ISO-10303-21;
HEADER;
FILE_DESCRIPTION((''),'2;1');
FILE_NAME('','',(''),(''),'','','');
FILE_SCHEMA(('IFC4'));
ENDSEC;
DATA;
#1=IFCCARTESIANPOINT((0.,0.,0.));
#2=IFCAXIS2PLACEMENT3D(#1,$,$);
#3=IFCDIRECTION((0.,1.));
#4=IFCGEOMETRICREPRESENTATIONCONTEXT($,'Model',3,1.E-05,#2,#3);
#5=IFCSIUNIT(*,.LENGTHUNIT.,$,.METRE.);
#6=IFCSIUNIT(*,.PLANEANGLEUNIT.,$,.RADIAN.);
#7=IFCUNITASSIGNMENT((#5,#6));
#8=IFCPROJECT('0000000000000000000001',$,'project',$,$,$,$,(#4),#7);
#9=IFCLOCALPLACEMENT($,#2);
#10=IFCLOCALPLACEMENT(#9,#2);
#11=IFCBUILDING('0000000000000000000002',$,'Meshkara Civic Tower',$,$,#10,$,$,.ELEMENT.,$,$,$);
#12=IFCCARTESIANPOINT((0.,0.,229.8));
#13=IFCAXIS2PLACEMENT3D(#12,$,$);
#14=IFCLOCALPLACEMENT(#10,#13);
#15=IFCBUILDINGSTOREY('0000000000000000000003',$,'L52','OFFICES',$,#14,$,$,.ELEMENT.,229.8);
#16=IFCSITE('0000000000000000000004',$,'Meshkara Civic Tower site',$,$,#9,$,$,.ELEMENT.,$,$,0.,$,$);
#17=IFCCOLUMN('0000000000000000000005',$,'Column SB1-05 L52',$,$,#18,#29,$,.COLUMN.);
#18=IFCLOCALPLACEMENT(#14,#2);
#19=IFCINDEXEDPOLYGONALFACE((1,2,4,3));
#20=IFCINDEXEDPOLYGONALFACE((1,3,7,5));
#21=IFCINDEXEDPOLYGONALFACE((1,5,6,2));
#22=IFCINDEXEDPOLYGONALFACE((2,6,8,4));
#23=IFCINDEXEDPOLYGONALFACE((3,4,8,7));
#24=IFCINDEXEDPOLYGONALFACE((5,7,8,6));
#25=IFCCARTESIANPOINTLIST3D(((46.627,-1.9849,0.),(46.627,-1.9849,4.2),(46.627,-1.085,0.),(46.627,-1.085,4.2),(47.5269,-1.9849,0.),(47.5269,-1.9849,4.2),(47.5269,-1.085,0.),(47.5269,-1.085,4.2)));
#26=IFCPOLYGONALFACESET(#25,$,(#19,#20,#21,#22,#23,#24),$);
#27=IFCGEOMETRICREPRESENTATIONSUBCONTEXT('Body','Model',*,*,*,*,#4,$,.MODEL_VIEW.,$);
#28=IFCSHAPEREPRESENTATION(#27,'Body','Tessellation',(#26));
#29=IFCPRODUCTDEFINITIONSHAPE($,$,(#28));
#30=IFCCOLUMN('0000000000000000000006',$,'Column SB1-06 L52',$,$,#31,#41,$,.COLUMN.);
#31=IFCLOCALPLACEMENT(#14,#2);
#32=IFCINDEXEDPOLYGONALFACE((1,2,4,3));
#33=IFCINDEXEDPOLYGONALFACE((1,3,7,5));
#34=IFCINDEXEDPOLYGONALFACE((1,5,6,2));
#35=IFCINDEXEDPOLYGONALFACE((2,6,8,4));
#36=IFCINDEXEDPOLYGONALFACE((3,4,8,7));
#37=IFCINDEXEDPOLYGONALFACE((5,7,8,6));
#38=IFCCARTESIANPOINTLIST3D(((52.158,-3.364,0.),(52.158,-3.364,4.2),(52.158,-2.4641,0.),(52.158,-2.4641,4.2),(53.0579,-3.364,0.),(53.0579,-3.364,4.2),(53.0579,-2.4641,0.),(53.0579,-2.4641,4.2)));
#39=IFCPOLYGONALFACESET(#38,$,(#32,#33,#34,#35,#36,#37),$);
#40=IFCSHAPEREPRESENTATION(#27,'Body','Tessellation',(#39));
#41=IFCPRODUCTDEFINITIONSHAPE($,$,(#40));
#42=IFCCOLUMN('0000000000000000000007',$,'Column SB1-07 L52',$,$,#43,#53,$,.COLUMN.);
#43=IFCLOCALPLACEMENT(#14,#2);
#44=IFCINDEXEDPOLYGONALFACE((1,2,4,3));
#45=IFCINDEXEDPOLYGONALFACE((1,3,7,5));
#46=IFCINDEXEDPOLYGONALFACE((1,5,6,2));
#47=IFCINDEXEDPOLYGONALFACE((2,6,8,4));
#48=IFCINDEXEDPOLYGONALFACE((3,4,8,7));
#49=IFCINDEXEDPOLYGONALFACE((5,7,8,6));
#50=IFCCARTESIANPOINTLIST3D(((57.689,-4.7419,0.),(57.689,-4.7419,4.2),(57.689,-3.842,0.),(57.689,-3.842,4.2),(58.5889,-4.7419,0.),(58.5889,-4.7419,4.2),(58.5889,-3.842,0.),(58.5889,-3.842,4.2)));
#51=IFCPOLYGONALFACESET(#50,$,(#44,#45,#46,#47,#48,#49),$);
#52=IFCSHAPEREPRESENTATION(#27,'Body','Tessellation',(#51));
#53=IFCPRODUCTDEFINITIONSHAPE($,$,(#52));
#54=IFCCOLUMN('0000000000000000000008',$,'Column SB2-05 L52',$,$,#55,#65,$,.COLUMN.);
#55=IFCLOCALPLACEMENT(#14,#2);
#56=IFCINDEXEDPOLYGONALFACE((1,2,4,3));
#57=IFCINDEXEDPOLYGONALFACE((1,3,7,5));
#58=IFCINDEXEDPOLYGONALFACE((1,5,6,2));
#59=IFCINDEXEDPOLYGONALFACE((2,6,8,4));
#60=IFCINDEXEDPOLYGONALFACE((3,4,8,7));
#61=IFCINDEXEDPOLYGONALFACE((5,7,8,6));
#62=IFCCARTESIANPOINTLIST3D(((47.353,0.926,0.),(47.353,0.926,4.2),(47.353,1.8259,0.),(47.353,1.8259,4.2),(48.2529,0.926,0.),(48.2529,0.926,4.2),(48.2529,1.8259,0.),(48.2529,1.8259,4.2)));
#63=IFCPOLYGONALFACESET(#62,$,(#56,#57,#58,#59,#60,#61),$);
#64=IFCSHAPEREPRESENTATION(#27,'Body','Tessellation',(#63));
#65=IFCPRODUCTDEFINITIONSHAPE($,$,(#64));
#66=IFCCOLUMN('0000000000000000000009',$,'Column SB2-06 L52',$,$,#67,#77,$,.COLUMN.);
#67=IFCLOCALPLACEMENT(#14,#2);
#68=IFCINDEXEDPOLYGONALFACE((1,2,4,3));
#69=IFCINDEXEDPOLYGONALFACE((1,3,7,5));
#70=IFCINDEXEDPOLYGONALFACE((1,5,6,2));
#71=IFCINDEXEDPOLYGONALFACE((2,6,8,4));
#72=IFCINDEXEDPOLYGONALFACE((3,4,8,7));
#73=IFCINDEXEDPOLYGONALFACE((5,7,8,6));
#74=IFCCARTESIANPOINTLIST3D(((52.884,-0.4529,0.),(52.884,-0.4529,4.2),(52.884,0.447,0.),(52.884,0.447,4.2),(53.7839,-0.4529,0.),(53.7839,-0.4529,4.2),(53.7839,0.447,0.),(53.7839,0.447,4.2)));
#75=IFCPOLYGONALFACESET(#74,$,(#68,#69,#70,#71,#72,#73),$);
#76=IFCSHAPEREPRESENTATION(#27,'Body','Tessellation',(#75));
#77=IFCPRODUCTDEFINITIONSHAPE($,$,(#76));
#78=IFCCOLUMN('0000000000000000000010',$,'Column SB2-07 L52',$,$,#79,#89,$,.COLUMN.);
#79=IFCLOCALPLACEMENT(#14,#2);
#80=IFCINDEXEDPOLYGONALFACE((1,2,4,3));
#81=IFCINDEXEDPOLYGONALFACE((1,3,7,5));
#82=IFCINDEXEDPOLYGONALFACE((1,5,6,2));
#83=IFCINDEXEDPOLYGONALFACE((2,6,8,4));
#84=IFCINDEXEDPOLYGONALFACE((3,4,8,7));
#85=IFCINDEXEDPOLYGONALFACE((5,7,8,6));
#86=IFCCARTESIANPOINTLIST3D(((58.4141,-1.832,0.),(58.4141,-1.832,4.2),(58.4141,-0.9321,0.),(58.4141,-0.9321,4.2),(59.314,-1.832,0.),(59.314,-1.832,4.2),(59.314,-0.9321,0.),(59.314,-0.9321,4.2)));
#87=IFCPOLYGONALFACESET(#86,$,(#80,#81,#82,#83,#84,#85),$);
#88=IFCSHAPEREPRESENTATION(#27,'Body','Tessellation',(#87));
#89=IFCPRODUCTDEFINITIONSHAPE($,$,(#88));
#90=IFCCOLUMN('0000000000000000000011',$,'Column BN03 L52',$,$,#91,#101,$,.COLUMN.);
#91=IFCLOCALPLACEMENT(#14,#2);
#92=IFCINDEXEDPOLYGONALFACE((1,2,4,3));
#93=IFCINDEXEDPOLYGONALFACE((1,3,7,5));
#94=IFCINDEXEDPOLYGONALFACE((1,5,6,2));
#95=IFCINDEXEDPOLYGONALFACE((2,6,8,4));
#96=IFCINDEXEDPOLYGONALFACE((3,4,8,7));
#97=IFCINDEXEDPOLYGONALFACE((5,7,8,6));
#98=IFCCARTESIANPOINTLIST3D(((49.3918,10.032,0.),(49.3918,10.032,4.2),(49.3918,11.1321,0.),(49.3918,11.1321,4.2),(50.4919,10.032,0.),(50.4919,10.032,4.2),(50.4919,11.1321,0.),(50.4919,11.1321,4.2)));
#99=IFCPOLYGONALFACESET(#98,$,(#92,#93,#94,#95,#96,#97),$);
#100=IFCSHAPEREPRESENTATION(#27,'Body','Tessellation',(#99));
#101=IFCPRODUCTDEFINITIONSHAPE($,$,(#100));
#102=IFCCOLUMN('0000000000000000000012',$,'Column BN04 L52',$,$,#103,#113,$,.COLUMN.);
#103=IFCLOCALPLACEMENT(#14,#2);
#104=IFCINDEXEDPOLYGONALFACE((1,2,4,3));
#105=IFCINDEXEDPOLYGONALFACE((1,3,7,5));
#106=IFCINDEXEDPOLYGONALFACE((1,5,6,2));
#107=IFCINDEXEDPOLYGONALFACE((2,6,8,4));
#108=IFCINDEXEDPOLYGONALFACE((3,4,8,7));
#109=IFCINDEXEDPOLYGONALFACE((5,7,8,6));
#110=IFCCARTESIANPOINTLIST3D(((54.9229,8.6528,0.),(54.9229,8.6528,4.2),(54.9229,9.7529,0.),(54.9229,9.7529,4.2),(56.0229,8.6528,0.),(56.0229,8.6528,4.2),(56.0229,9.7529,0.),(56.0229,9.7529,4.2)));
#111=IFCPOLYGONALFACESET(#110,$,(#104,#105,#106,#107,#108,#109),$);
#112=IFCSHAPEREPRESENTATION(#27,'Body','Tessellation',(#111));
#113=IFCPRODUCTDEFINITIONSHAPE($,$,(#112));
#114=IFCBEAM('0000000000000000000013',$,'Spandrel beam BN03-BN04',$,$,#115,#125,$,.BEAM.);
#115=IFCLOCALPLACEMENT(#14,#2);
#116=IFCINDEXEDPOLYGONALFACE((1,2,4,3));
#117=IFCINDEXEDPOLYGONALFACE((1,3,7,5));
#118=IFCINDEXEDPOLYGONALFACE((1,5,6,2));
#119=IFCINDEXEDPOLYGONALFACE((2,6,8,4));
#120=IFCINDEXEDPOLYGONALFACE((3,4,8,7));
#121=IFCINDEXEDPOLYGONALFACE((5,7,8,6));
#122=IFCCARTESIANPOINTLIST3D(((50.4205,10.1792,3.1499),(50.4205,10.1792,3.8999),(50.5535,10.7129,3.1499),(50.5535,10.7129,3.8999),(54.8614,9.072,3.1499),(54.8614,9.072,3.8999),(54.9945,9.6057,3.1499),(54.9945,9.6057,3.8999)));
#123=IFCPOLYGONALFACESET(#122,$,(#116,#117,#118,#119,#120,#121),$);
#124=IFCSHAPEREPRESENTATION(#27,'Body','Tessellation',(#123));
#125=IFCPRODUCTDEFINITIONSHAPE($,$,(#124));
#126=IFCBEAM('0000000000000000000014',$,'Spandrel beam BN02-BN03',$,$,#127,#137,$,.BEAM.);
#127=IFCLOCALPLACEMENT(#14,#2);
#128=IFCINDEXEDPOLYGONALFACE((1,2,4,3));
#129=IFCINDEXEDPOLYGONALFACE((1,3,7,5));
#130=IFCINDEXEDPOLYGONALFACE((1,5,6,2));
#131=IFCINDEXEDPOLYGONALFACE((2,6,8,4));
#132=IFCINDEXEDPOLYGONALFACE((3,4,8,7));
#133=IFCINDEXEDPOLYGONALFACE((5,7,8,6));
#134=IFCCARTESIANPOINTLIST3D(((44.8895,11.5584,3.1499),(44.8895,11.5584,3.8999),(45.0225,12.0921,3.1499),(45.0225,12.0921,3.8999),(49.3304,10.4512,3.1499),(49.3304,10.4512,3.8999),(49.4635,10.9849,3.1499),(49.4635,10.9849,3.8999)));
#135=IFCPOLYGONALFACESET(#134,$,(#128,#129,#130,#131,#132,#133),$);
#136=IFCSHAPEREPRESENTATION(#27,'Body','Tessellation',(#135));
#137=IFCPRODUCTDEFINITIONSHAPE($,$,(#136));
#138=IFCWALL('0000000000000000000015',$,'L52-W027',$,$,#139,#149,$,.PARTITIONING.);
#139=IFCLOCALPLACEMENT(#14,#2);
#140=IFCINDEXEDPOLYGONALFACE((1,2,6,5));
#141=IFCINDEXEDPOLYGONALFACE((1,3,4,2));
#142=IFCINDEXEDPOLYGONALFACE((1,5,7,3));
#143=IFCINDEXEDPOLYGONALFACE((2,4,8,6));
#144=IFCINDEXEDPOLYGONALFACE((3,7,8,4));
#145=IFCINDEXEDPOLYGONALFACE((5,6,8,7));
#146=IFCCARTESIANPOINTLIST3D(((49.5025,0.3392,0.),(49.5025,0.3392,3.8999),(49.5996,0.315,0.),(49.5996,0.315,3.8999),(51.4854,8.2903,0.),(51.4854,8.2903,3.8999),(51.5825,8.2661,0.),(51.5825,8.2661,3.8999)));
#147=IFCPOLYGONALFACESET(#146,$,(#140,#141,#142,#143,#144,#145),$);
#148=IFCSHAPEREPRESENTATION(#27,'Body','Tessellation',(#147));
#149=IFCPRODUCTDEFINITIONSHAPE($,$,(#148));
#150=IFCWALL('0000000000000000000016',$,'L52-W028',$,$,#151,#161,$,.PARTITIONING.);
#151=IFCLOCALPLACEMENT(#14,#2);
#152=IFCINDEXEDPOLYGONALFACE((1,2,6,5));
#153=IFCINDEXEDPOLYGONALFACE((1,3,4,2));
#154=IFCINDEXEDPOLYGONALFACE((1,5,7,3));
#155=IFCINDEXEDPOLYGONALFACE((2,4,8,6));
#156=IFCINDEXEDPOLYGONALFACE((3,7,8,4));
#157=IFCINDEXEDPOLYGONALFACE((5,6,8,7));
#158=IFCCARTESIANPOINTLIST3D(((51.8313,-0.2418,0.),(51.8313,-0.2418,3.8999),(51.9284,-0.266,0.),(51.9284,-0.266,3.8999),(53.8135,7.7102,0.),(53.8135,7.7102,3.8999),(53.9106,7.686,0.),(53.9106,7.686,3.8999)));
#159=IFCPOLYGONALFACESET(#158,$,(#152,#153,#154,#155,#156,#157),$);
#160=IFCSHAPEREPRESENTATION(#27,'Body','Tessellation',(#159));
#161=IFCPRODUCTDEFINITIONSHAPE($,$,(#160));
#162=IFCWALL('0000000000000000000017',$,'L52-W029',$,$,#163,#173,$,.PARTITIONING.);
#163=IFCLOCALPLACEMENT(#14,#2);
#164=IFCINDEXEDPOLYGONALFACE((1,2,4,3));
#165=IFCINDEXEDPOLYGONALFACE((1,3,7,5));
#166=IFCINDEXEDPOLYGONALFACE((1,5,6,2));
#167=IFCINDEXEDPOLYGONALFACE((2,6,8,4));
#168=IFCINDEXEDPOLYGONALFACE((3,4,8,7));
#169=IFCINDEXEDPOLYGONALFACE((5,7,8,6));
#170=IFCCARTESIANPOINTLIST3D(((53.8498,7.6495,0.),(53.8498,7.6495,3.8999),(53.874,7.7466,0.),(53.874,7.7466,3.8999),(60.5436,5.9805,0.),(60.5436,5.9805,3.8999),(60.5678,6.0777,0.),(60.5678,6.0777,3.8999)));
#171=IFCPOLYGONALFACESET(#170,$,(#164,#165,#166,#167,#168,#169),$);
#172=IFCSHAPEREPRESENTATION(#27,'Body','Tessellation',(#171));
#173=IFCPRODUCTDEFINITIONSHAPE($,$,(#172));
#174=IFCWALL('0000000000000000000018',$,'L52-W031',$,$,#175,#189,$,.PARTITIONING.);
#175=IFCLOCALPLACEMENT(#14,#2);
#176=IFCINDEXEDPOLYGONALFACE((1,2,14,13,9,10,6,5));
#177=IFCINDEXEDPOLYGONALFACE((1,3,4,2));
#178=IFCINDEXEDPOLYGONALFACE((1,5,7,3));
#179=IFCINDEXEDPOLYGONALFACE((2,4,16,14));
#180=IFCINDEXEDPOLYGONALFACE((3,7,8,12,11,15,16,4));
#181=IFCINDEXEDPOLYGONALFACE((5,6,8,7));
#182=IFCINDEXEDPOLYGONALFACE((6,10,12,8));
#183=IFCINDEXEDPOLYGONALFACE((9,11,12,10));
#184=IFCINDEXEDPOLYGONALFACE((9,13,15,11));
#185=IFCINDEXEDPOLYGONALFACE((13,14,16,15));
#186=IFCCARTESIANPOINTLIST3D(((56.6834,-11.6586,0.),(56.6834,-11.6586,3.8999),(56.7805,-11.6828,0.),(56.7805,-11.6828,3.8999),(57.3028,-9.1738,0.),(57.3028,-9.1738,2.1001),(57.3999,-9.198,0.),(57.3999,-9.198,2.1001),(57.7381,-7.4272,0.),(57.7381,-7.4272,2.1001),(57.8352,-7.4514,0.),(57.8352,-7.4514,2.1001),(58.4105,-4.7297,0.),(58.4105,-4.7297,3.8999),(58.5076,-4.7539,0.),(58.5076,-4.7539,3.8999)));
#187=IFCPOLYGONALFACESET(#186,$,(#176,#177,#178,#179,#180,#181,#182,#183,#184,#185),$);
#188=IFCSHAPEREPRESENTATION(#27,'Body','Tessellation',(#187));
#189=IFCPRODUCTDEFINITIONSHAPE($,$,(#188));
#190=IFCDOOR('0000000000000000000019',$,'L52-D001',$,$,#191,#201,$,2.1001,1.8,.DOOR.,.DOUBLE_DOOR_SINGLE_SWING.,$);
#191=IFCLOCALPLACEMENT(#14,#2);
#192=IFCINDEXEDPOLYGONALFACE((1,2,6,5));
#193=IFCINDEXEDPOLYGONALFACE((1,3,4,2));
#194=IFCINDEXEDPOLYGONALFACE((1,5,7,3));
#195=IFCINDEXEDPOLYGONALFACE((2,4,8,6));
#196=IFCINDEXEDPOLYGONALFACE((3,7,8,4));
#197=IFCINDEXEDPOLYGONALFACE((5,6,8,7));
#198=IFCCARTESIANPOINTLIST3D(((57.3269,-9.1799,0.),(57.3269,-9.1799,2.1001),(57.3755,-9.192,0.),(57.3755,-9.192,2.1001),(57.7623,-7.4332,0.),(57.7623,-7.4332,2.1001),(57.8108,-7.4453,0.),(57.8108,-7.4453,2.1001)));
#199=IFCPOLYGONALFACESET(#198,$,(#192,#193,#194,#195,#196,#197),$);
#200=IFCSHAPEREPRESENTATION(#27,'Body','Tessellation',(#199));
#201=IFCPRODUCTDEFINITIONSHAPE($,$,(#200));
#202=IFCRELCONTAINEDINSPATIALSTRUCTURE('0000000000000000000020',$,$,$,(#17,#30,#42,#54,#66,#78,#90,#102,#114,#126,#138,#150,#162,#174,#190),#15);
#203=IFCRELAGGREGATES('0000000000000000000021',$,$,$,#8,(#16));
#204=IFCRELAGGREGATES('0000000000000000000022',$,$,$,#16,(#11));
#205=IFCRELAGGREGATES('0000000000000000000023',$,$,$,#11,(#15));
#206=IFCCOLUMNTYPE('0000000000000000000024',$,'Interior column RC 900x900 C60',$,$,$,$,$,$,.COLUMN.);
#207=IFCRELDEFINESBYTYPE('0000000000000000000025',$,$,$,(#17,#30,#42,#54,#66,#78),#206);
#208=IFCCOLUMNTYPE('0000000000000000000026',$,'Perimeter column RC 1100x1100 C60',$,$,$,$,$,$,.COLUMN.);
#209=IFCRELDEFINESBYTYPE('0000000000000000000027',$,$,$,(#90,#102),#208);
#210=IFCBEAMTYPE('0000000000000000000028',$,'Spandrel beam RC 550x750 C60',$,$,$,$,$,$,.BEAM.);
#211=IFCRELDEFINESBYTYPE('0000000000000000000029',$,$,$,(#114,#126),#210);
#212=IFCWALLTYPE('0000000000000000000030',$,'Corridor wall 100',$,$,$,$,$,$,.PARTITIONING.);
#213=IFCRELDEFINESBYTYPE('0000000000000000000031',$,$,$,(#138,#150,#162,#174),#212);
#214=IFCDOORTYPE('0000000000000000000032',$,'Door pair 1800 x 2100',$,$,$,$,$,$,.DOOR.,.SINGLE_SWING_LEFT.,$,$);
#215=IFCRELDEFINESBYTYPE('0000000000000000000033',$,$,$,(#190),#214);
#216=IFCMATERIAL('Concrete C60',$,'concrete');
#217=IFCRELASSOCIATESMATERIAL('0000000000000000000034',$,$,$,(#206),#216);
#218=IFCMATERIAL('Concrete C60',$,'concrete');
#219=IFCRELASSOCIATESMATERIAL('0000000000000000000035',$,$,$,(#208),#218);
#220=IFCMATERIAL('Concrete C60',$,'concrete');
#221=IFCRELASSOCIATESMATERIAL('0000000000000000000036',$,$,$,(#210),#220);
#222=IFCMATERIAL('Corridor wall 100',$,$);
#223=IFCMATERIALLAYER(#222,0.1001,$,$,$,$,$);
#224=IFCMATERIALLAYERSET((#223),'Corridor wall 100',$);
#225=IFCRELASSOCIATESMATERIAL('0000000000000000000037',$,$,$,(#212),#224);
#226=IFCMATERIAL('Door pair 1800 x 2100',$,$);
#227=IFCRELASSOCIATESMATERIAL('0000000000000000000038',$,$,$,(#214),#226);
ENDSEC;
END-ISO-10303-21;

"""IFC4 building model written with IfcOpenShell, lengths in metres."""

from ifc_helpers import new_model, si_unit, direction, frame, frame_2d, origin, origin_2d, place, context, subcontext, project, spatial, rectangle, extrude, material, layer, layer_set, material_profile, profile_set, type_object, element, fill, save


model = new_model("IFC4")

# Units and contexts
model_context = context("Model", 3, precision=1e-05, world=origin(), true_north=direction((0.0, 1.0)))
body_context = subcontext(model_context, "Body", "Model", "MODEL_VIEW")
ifc_project = project(units=[si_unit("LENGTHUNIT", "METRE"), si_unit("PLANEANGLEUNIT", "RADIAN")], contexts=[model_context])

# Site, building, storey
site_placement = place(None, origin())
site = spatial("IfcSite", under=ifc_project, at=site_placement, Name="Meshkara Civic Tower site", CompositionType="ELEMENT", RefElevation=0.0)
building_placement = place(site_placement, origin())
building = spatial("IfcBuilding", under=site, at=building_placement, Name="Meshkara Civic Tower", CompositionType="ELEMENT")
storey_placement = place(building_placement, frame((0.0, 0.0, 229.8)))
storey = spatial("IfcBuildingStorey", under=building, at=storey_placement, Name="L52", Description="OFFICES", CompositionType="ELEMENT", Elevation=229.8)

# Columns
ifc_material_1 = material(Name="Concrete C60", Category="concrete")
ifc_material_profile_1 = material_profile(ifc_material_1, rectangle(XDim=0.8999, YDim=0.8999, at=origin_2d()))
ifc_profile_set_1 = profile_set([ifc_material_profile_1], Name="Concrete C60")
column_type_1 = type_object("IfcColumnType", Name="Interior column RC 900x900 C60", PredefinedType="COLUMN", material=ifc_profile_set_1)
for number, where, z_axis, x_axis, name in (
    (1, (47.0769, -1.5349, 0.0), (0.0, 0.0, 1.0), (1.0, 0.0, 0.0), "Column SB1-05 L52"),
    (2, (52.6079, -2.9141, 0.0), (0.0, 0.0, 1.0), (1.0, 0.0, 0.0), "Column SB1-06 L52"),
    (3, (58.1389, -4.292, 0.0), (0.0, 0.0, 1.0), (1.0, 0.0, 0.0), "Column SB1-07 L52"),
    (4, (47.803, 1.376, 0.0), (0.0, 0.0, 1.0), (1.0, 0.0, 0.0), "Column SB2-05 L52"),
    (5, (53.334, -0.0029, 0.0), (0.0, 0.0, 1.0), (1.0, 0.0, 0.0), "Column SB2-06 L52"),
    (6, (58.864, -1.3821, 0.0), (0.0, 0.0, 1.0), (1.0, 0.0, 0.0), "Column SB2-07 L52"),
):
    element("IfcColumn", number, at=place(storey_placement, frame(where, z_axis=z_axis, x_axis=x_axis)), inside=storey, type_object=column_type_1, Name=name, PredefinedType="COLUMN", context=body_context, shape_type="SweptSolid", body=[
        extrude(rectangle(XDim=0.8999, YDim=0.8999, at=origin_2d()), origin(), (0.0, 0.0, 1.0), 4.2),
    ])
ifc_material_2 = material(Name="Concrete C60", Category="concrete")
ifc_material_profile_2 = material_profile(ifc_material_2, rectangle(XDim=1.1001, YDim=1.1001, at=origin_2d()))
ifc_profile_set_2 = profile_set([ifc_material_profile_2], Name="Concrete C60")
column_type_2 = type_object("IfcColumnType", Name="Perimeter column RC 1100x1100 C60", PredefinedType="COLUMN", material=ifc_profile_set_2)
for number, where, z_axis, x_axis, name in (
    (7, (49.9419, 10.582, 0.0), (0.0, 0.0, 1.0), (1.0, 0.0, 0.0), "Column BN03 L52"),
    (8, (55.4729, 9.2029, 0.0), (0.0, 0.0, 1.0), (1.0, 0.0, 0.0), "Column BN04 L52"),
):
    element("IfcColumn", number, at=place(storey_placement, frame(where, z_axis=z_axis, x_axis=x_axis)), inside=storey, type_object=column_type_2, Name=name, PredefinedType="COLUMN", context=body_context, shape_type="SweptSolid", body=[
        extrude(rectangle(XDim=1.1001, YDim=1.1001, at=origin_2d()), origin(), (0.0, 0.0, 1.0), 4.2),
    ])

# Beams
ifc_material_3 = material(Name="Concrete C60", Category="concrete")
ifc_material_profile_3 = material_profile(ifc_material_3, rectangle(XDim=0.55, YDim=0.75, at=origin_2d()))
ifc_profile_set_3 = profile_set([ifc_material_profile_3], Name="Concrete C60")
beam_type = type_object("IfcBeamType", Name="Spandrel beam RC 550x750 C60", PredefinedType="BEAM", material=ifc_profile_set_3)
for number, where, z_axis, x_axis, name in (
    (9, (54.928, 9.3389, 3.5249), (-0.970299, 0.241908, 0.0), (-0.241908, -0.970299, 0.0), "Spandrel beam BN03-BN04"),
    (10, (49.397, 10.718, 3.5249), (-0.970299, 0.241908, 0.0), (-0.241908, -0.970299, 0.0), "Spandrel beam BN02-BN03"),
):
    element("IfcBeam", number, at=place(storey_placement, frame(where, z_axis=z_axis, x_axis=x_axis)), inside=storey, type_object=beam_type, Name=name, PredefinedType="BEAM", context=body_context, shape_type="SweptSolid", body=[
        extrude(rectangle(XDim=0.55, YDim=0.75, at=origin_2d()), origin(), (0.0, 0.0, 1.0), 4.5769),
    ])

# Walls
ifc_material_4 = material(Name="Corridor wall 100")
ifc_layer_1 = layer(ifc_material_4, 0.1001)
ifc_layer_set_1 = layer_set([ifc_layer_1], Name="Corridor wall 100")
wall_type_1 = type_object("IfcWallType", Name="Corridor wall 100", PredefinedType="PARTITIONING", material=ifc_layer_set_1)
wall_1_placement = place(storey_placement, frame((51.5339, 8.2781, 0.0), z_axis=(0.0, 0.0, 1.0), x_axis=(-0.241975, -0.970283, 0.0)))
element("IfcWall", 11, at=wall_1_placement, inside=storey, type_object=wall_type_1, Name="L52-W027", PredefinedType="PARTITIONING", context=body_context, shape_type="SweptSolid", body=[
    extrude(rectangle(XDim=8.1946, YDim=0.1001, at=frame_2d((4.0972, 0.0))), origin(), (0.0, 0.0, 1.0), 3.8999),
])
wall_2_placement = place(storey_placement, frame((51.8799, -0.2539, 0.0), z_axis=(0.0, 0.0, 1.0), x_axis=(0.24187, 0.970309, 0.0)))
element("IfcWall", 12, at=wall_2_placement, inside=storey, type_object=wall_type_1, Name="L52-W028", PredefinedType="PARTITIONING", context=body_context, shape_type="SweptSolid", body=[
    extrude(rectangle(XDim=8.1953, YDim=0.1001, at=frame_2d((4.0977, 0.0))), origin(), (0.0, 0.0, 1.0), 3.8999),
])
wall_3_placement = place(storey_placement, frame((53.8621, 7.698, 0.0), z_axis=(0.0, 0.0, 1.0), x_axis=(0.970296, -0.241919, 0.0)))
element("IfcWall", 13, at=wall_3_placement, inside=storey, type_object=wall_type_1, Name="L52-W029", PredefinedType="PARTITIONING", context=body_context, shape_type="SweptSolid", body=[
    extrude(rectangle(XDim=6.8987, YDim=0.1001, at=frame_2d((3.4492, 0.0))), origin(), (0.0, 0.0, 1.0), 3.8999),
])

# Wall, opening, door
wall_4_placement = place(storey_placement, frame((58.459, -4.7419, 0.0), z_axis=(0.0, 0.0, 1.0), x_axis=(-0.241852, -0.970313, 0.0)))
wall_4 = element("IfcWall", 14, at=wall_4_placement, inside=storey, type_object=wall_type_1, Name="L52-W031", PredefinedType="PARTITIONING", context=body_context, shape_type="SweptSolid", body=[
    extrude(rectangle(XDim=7.1409, YDim=0.1001, at=frame_2d((3.5703, 0.0))), origin(), (0.0, 0.0, 1.0), 3.8999),
])
opening_1_placement = place(wall_4_placement, frame((2.78, 0.0, 0.0)))
opening_1 = element("IfcOpeningElement", 15, at=opening_1_placement, cuts=wall_4, PredefinedType="OPENING", context=body_context, shape_type="SweptSolid", body=[
    extrude(rectangle(XDim=1.8, YDim=2.1001, at=frame_2d((0.8999, 1.05))), frame((0.0, 0.0601, 0.0), z_axis=(0.0, -1.0, 0.0), x_axis=(1.0, 0.0, 0.0)), (0.0, 0.0, 1.0), 0.1201),
])
ifc_material_5 = material(Name="Door pair 1800 x 2100")
door_type_1 = type_object("IfcDoorType", Name="Door pair 1800 x 2100", OperationType="SINGLE_SWING_LEFT", PredefinedType="DOOR", material=ifc_material_5)
door_1_placement = place(opening_1_placement, origin())
door_1 = element("IfcDoor", 16, at=door_1_placement, inside=storey, type_object=door_type_1, Name="L52-D001", OperationType="DOUBLE_DOOR_SINGLE_SWING", OverallHeight=2.1001, OverallWidth=1.8, PredefinedType="DOOR", context=body_context, shape_type="SweptSolid", body=[
    extrude(rectangle(XDim=1.8, YDim=2.1001, at=frame_2d((0.8999, 1.05))), frame((0.0, 0.0249, 0.0), z_axis=(0.0, -1.0, 0.0), x_axis=(1.0, 0.0, 0.0)), (0.0, 0.0, 1.0), 0.05),
])
fill(opening_1, door_1)

save(model, "model.ifc")
